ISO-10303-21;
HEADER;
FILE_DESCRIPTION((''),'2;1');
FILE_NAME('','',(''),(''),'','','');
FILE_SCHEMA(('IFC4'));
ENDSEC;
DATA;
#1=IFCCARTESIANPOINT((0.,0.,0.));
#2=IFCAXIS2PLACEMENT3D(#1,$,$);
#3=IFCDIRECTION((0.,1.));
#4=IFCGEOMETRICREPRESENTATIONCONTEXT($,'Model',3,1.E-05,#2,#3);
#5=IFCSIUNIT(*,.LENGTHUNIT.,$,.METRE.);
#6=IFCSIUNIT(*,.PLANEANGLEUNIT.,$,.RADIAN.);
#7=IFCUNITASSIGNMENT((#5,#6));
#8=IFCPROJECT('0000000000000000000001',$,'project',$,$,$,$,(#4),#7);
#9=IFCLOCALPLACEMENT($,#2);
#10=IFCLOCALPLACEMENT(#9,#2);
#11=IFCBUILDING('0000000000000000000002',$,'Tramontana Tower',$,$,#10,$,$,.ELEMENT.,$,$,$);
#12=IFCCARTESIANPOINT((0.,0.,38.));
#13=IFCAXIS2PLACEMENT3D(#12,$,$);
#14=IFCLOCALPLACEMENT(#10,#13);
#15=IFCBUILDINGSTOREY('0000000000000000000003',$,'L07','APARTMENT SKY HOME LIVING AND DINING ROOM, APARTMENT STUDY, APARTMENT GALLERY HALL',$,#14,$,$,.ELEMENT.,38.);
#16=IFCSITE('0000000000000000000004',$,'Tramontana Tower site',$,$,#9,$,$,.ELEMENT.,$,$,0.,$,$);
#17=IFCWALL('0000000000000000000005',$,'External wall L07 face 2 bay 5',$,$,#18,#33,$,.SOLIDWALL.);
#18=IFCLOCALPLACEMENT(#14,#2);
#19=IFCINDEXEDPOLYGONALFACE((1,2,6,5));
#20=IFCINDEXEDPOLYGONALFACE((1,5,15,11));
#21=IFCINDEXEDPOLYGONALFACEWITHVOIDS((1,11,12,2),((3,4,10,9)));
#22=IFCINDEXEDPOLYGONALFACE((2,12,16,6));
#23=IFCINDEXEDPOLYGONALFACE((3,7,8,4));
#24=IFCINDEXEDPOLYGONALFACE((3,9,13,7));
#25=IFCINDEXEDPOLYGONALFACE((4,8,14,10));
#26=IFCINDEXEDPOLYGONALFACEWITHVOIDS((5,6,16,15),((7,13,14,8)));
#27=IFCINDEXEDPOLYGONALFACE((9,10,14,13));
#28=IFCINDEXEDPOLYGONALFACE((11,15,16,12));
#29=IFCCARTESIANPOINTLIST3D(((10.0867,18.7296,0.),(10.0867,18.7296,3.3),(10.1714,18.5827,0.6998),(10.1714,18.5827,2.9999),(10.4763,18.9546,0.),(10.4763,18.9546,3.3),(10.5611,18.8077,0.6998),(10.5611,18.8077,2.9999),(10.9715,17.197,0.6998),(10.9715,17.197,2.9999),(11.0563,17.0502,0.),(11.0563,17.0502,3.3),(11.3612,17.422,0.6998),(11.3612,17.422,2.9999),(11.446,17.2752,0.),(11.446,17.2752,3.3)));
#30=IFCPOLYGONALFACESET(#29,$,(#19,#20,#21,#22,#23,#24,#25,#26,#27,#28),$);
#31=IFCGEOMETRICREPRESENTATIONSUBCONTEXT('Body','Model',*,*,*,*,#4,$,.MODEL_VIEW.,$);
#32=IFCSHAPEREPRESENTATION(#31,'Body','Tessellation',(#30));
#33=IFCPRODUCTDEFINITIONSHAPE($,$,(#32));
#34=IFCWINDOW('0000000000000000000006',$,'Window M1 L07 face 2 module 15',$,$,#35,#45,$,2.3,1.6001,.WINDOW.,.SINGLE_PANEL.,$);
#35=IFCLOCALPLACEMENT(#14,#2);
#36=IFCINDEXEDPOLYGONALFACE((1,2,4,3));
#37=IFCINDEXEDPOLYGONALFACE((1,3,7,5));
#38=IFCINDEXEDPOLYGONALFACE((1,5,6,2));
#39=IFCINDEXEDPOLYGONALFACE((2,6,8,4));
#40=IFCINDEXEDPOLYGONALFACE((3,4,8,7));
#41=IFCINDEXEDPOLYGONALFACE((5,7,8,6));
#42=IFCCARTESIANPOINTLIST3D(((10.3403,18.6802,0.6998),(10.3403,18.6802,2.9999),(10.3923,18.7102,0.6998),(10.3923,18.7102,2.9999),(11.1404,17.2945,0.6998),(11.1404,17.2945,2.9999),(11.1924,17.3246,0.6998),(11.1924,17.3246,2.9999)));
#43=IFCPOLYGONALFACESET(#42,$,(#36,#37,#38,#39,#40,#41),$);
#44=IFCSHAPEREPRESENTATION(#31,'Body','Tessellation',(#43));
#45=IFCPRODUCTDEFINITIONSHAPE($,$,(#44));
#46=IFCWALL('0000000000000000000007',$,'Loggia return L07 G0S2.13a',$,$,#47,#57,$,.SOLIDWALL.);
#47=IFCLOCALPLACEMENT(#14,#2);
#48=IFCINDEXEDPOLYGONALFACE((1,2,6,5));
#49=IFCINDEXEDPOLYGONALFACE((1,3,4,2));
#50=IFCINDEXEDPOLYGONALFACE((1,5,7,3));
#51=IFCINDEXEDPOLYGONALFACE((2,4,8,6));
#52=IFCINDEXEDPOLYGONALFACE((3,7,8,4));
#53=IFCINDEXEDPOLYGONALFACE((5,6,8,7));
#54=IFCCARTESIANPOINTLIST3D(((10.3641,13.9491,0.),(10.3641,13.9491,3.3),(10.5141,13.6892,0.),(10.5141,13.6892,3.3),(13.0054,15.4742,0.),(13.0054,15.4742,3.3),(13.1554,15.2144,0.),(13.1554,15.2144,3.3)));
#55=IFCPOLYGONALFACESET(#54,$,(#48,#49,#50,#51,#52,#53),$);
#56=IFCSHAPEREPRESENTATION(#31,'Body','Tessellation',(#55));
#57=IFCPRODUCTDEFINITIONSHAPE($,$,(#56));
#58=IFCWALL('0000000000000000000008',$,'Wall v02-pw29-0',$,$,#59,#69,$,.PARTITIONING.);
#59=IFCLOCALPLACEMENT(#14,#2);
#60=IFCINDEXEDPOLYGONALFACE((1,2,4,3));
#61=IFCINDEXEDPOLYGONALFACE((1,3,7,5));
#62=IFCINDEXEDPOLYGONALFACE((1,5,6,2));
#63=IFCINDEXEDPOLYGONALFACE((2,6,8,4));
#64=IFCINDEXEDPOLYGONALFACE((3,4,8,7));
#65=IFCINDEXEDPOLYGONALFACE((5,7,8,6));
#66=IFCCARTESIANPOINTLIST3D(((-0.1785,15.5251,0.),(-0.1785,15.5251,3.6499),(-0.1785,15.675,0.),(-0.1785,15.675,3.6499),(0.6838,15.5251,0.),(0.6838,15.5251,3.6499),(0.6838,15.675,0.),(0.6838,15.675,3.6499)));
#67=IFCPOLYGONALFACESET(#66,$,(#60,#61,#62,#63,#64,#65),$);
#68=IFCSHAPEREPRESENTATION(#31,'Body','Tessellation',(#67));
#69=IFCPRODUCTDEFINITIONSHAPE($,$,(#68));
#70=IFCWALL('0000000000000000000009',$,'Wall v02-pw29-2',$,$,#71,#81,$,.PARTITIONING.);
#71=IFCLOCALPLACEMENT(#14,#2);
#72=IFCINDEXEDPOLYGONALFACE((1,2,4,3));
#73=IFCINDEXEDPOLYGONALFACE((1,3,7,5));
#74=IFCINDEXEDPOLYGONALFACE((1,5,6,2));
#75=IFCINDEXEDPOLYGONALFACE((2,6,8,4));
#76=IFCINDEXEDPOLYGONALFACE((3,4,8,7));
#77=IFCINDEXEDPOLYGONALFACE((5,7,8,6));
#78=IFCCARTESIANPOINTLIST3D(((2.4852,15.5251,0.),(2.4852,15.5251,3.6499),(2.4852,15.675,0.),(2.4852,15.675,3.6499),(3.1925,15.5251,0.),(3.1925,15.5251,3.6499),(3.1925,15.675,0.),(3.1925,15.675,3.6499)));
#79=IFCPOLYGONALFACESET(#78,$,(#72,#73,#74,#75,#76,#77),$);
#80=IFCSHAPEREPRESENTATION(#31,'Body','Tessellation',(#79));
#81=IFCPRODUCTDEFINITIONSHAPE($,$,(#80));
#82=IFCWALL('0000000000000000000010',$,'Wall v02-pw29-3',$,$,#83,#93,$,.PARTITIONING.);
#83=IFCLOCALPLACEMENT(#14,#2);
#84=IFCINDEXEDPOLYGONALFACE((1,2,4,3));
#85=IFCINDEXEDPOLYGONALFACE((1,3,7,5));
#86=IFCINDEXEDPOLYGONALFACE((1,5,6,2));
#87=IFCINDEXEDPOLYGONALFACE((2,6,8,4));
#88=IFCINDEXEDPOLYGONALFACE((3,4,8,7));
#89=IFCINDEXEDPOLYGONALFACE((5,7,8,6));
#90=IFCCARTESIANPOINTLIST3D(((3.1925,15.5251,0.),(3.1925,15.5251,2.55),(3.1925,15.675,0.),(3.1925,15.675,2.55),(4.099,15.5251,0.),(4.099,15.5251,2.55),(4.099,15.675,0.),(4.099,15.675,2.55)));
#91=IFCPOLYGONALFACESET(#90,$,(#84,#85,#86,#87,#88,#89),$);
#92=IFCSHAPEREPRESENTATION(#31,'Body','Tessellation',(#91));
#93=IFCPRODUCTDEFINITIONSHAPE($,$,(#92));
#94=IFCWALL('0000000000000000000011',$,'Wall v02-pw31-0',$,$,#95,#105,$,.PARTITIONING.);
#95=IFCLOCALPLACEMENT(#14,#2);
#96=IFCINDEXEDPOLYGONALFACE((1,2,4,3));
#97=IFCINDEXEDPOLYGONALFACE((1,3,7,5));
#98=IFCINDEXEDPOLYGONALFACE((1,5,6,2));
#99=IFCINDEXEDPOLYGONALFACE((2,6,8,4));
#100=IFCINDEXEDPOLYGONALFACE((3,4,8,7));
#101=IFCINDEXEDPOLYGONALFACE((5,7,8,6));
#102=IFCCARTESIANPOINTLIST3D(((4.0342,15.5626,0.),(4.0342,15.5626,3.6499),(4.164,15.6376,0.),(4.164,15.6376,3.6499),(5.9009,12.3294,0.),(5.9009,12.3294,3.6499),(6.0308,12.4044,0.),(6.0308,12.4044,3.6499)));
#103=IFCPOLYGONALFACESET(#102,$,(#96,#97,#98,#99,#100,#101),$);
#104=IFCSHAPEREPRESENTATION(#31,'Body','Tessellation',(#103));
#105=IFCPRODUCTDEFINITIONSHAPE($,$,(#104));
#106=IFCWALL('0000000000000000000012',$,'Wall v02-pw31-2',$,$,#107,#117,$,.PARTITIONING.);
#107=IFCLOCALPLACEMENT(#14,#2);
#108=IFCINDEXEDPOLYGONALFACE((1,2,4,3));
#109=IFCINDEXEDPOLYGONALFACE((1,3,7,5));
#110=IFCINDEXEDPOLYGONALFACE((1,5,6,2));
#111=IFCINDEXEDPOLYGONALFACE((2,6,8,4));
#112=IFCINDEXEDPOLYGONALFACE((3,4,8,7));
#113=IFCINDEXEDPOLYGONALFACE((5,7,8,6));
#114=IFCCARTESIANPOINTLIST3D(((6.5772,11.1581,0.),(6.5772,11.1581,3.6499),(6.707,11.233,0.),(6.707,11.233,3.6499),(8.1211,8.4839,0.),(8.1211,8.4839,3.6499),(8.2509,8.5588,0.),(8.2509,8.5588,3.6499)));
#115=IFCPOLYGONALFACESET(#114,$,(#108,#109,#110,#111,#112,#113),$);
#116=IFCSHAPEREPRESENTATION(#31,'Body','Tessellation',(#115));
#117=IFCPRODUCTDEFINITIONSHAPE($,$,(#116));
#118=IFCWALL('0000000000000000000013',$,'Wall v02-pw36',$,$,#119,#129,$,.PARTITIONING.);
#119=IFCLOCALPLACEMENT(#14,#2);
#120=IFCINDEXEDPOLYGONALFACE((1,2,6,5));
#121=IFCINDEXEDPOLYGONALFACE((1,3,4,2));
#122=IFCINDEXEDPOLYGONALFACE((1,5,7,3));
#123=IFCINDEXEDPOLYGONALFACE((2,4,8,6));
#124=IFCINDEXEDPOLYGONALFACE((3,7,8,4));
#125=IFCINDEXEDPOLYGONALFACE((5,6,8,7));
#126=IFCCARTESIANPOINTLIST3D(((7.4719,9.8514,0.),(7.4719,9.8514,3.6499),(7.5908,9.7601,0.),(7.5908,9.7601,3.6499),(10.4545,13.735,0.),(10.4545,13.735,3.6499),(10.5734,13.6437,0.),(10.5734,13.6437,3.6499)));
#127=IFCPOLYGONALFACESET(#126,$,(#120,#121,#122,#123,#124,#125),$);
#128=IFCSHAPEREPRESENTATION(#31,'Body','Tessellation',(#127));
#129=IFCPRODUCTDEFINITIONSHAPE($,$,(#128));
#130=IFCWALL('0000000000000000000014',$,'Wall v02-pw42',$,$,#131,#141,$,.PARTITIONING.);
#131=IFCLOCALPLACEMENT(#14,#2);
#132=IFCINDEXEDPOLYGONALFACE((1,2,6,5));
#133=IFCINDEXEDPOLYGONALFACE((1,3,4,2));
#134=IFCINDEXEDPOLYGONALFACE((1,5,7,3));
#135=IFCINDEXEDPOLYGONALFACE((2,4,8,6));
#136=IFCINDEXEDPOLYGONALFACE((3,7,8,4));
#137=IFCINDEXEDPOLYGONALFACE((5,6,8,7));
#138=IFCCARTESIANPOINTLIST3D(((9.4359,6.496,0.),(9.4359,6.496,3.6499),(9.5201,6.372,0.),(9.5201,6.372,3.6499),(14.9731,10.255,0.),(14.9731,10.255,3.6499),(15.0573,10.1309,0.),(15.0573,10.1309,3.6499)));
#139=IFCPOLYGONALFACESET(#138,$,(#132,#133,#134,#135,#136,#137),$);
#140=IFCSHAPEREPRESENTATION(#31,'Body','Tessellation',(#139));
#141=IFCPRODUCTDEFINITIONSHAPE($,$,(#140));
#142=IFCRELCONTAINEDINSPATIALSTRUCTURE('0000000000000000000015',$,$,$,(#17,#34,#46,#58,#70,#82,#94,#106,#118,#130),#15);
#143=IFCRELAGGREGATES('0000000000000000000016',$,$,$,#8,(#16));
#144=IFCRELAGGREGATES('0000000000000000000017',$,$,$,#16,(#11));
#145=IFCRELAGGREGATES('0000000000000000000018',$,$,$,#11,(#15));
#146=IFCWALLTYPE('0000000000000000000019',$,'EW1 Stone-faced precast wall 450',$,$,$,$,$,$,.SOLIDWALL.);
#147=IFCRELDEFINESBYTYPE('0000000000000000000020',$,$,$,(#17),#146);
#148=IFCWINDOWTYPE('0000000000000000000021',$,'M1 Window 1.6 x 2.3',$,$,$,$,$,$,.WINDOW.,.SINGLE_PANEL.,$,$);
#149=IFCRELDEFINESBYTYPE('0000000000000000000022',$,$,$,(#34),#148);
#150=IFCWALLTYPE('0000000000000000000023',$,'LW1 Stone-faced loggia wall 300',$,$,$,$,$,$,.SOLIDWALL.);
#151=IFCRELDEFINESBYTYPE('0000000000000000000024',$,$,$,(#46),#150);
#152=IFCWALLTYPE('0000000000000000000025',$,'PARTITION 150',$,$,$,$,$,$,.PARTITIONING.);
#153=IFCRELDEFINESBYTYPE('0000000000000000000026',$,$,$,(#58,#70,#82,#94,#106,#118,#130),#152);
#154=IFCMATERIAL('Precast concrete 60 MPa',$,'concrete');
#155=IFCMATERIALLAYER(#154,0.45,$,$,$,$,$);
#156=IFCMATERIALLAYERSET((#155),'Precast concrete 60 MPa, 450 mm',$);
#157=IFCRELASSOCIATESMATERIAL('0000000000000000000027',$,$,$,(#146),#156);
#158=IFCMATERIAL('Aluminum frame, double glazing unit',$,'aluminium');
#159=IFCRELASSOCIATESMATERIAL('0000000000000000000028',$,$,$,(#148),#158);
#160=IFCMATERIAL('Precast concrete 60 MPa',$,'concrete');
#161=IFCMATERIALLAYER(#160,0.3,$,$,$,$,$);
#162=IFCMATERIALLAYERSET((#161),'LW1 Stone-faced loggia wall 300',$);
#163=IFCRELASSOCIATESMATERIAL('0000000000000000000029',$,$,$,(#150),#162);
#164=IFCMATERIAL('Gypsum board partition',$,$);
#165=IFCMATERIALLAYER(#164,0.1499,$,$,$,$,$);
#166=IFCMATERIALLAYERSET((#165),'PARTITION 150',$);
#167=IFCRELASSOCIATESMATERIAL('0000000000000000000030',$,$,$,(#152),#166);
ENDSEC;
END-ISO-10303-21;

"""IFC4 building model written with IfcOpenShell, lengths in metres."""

from ifc_helpers import new_model, si_unit, direction, frame, frame_2d, origin, place, context, subcontext, project, spatial, rectangle, extrude, material, layer, layer_set, type_object, element, fill, save


model = new_model("IFC4")

# Units and contexts
model_context = context("Model", 3, precision=1e-05, world=origin(), true_north=direction((0.0, 1.0)))
body_context = subcontext(model_context, "Body", "Model", "MODEL_VIEW")
ifc_project = project(units=[si_unit("LENGTHUNIT", "METRE"), si_unit("PLANEANGLEUNIT", "RADIAN")], contexts=[model_context])

# Site, building, storey
site_placement = place(None, origin())
site = spatial("IfcSite", under=ifc_project, at=site_placement, Name="Tramontana Tower site", CompositionType="ELEMENT", RefElevation=0.0)
building_placement = place(site_placement, origin())
building = spatial("IfcBuilding", under=site, at=building_placement, Name="Tramontana Tower", CompositionType="ELEMENT")
storey_placement = place(building_placement, frame((0.0, 0.0, 38.0)))
storey = spatial("IfcBuildingStorey", under=building, at=storey_placement, Name="L07", Description="APARTMENT SKY HOME LIVING AND DINING ROOM, APARTMENT STUDY, APARTMENT GALLERY HALL", CompositionType="ELEMENT", Elevation=38.0)

# Wall, opening, window
ifc_material_1 = material(Name="Precast concrete 60 MPa", Category="concrete")
ifc_layer_1 = layer(ifc_material_1, 0.45)
ifc_layer_set_1 = layer_set([ifc_layer_1], Name="Precast concrete 60 MPa, 450 mm")
wall_type_1 = type_object("IfcWallType", Name="EW1 Stone-faced precast wall 450", PredefinedType="SOLIDWALL", material=ifc_layer_set_1)
ifc_material_2 = material(Name="Aluminum frame, double glazing unit", Category="aluminium")
window_type = type_object("IfcWindowType", Name="M1 Window 1.6 x 2.3", PartitioningType="SINGLE_PANEL", PredefinedType="WINDOW", material=ifc_material_2)
wall_1_placement = place(storey_placement, frame((11.2512, 17.1626, 0.0), z_axis=(0.0, 0.0, 1.0), x_axis=(-0.500038, 0.866003, 0.0)))
wall_1 = element("IfcWall", 1, at=wall_1_placement, inside=storey, type_object=wall_type_1, Name="External wall L07 face 2 bay 5", PredefinedType="SOLIDWALL", context=body_context, shape_type="SweptSolid", body=[
    extrude(rectangle(XDim=1.9392, YDim=0.45, at=frame_2d((0.9697, 0.0))), origin(), (0.0, 0.0, 1.0), 3.3),
])
opening_1_placement = place(wall_1_placement, frame((0.1697, 0.0, 0.7)))
opening_1 = element("IfcOpeningElement", 2, at=opening_1_placement, cuts=wall_1, PredefinedType="OPENING", context=body_context, shape_type="SweptSolid", body=[
    extrude(rectangle(XDim=1.6001, YDim=2.3, at=frame_2d((0.8, 1.1499))), frame((0.0, 0.2349, 0.0), z_axis=(0.0, -1.0, 0.0), x_axis=(1.0, 0.0, 0.0)), (0.0, 0.0, 1.0), 0.47),
])
window_1_placement = place(opening_1_placement, origin())
window_1 = element("IfcWindow", 3, at=window_1_placement, inside=storey, type_object=window_type, Name="Window M1 L07 face 2 module 15", OverallHeight=2.3, OverallWidth=1.6001, PartitioningType="SINGLE_PANEL", PredefinedType="WINDOW", context=body_context, shape_type="SweptSolid", body=[
    extrude(rectangle(XDim=1.6001, YDim=2.3, at=frame_2d((0.8, 1.1499))), frame((0.0, 0.03, 0.0), z_axis=(0.0, -1.0, 0.0), x_axis=(1.0, 0.0, 0.0)), (0.0, 0.0, 1.0), 0.0601),
])
fill(opening_1, window_1)

# Shared definitions
ifc_material_3 = material(Name="Precast concrete 60 MPa", Category="concrete")
ifc_layer_2 = layer(ifc_material_3, 0.3)
ifc_layer_set_2 = layer_set([ifc_layer_2], Name="LW1 Stone-faced loggia wall 300")
wall_type_2 = type_object("IfcWallType", Name="LW1 Stone-faced loggia wall 300", PredefinedType="SOLIDWALL", material=ifc_layer_set_2)

# Walls
wall_2_placement = place(storey_placement, frame((13.0803, 15.3442, 0.0), z_axis=(0.0, 0.0, 1.0), x_axis=(-0.866003, -0.500039, 0.0)))
element("IfcWall", 4, at=wall_2_placement, inside=storey, type_object=wall_type_2, Name="Loggia return L07 G0S2.13a", PredefinedType="SOLIDWALL", context=body_context, shape_type="SweptSolid", body=[
    extrude(rectangle(XDim=3.05, YDim=0.3, at=frame_2d((1.5249, 0.0))), origin(), (0.0, 0.0, 1.0), 3.3),
])
ifc_material_4 = material(Name="Gypsum board partition")
ifc_layer_3 = layer(ifc_material_4, 0.1499)
ifc_layer_set_3 = layer_set([ifc_layer_3], Name="PARTITION 150")
wall_type_3 = type_object("IfcWallType", Name="PARTITION 150", PredefinedType="PARTITIONING", material=ifc_layer_set_3)
wall_3_placement = place(storey_placement, frame((-0.1785, 15.6001, 0.0), z_axis=(0.0, 0.0, 1.0), x_axis=(1.0, 0.0, 0.0)))
element("IfcWall", 5, at=wall_3_placement, inside=storey, type_object=wall_type_3, Name="Wall v02-pw29-0", PredefinedType="PARTITIONING", context=body_context, shape_type="SweptSolid", body=[
    extrude(rectangle(XDim=0.8623, YDim=0.1499, at=frame_2d((0.4312, 0.0))), origin(), (0.0, 0.0, 1.0), 3.6499),
])

# Walls
wall_4_placement = place(storey_placement, frame((2.4854, 15.6001, 0.0), z_axis=(0.0, 0.0, 1.0), x_axis=(1.0, 0.0, 0.0)))
element("IfcWall", 6, at=wall_4_placement, inside=storey, type_object=wall_type_3, Name="Wall v02-pw29-2", PredefinedType="PARTITIONING", context=body_context, shape_type="SweptSolid", body=[
    extrude(rectangle(XDim=0.7073, YDim=0.1499, at=frame_2d((0.3535, 0.0))), origin(), (0.0, 0.0, 1.0), 3.6499),
])
wall_5_placement = place(storey_placement, frame((3.1926, 15.6001, 0.0), z_axis=(0.0, 0.0, 1.0), x_axis=(1.0, 0.0, 0.0)))
element("IfcWall", 7, at=wall_5_placement, inside=storey, type_object=wall_type_3, Name="Wall v02-pw29-3", PredefinedType="PARTITIONING", context=body_context, shape_type="SweptSolid", body=[
    extrude(rectangle(XDim=0.9065, YDim=0.1499, at=frame_2d((0.4531, 0.0))), origin(), (0.0, 0.0, 1.0), 2.55),
])
wall_6_placement = place(storey_placement, frame((4.0991, 15.6001, 0.0), z_axis=(0.0, 0.0, 1.0), x_axis=(0.500007, -0.866021, 0.0)))
element("IfcWall", 8, at=wall_6_placement, inside=storey, type_object=wall_type_3, Name="Wall v02-pw31-0", PredefinedType="PARTITIONING", context=body_context, shape_type="SweptSolid", body=[
    extrude(rectangle(XDim=3.7334, YDim=0.1499, at=frame_2d((1.8667, 0.0))), origin(), (0.0, 0.0, 1.0), 3.6499),
])

# Walls
wall_7_placement = place(storey_placement, frame((6.6421, 11.1956, 0.0), z_axis=(0.0, 0.0, 1.0), x_axis=(0.499983, -0.866035, 0.0)))
element("IfcWall", 9, at=wall_7_placement, inside=storey, type_object=wall_type_3, Name="Wall v02-pw31-2", PredefinedType="PARTITIONING", context=body_context, shape_type="SweptSolid", body=[
    extrude(rectangle(XDim=3.0879, YDim=0.1499, at=frame_2d((1.5439, 0.0))), origin(), (0.0, 0.0, 1.0), 3.6499),
])
wall_8_placement = place(storey_placement, frame((10.5139, 13.6892, 0.0), z_axis=(0.0, 0.0, 1.0), x_axis=(-0.609111, -0.793085, 0.0)))
element("IfcWall", 10, at=wall_8_placement, inside=storey, type_object=wall_type_3, Name="Wall v02-pw36", PredefinedType="PARTITIONING", context=body_context, shape_type="SweptSolid", body=[
    extrude(rectangle(XDim=4.8967, YDim=0.1499, at=frame_2d((2.4482, 0.0))), origin(), (0.0, 0.0, 1.0), 3.6499),
])
wall_9_placement = place(storey_placement, frame((15.0151, 10.1929, 0.0), z_axis=(0.0, 0.0, 1.0), x_axis=(-0.827369, -0.561659, 0.0)))
element("IfcWall", 11, at=wall_9_placement, inside=storey, type_object=wall_type_3, Name="Wall v02-pw42", PredefinedType="PARTITIONING", context=body_context, shape_type="SweptSolid", body=[
    extrude(rectangle(XDim=6.6926, YDim=0.1499, at=frame_2d((3.3462, 0.0))), origin(), (0.0, 0.0, 1.0), 3.6499),
])

save(model, "model.ifc")
